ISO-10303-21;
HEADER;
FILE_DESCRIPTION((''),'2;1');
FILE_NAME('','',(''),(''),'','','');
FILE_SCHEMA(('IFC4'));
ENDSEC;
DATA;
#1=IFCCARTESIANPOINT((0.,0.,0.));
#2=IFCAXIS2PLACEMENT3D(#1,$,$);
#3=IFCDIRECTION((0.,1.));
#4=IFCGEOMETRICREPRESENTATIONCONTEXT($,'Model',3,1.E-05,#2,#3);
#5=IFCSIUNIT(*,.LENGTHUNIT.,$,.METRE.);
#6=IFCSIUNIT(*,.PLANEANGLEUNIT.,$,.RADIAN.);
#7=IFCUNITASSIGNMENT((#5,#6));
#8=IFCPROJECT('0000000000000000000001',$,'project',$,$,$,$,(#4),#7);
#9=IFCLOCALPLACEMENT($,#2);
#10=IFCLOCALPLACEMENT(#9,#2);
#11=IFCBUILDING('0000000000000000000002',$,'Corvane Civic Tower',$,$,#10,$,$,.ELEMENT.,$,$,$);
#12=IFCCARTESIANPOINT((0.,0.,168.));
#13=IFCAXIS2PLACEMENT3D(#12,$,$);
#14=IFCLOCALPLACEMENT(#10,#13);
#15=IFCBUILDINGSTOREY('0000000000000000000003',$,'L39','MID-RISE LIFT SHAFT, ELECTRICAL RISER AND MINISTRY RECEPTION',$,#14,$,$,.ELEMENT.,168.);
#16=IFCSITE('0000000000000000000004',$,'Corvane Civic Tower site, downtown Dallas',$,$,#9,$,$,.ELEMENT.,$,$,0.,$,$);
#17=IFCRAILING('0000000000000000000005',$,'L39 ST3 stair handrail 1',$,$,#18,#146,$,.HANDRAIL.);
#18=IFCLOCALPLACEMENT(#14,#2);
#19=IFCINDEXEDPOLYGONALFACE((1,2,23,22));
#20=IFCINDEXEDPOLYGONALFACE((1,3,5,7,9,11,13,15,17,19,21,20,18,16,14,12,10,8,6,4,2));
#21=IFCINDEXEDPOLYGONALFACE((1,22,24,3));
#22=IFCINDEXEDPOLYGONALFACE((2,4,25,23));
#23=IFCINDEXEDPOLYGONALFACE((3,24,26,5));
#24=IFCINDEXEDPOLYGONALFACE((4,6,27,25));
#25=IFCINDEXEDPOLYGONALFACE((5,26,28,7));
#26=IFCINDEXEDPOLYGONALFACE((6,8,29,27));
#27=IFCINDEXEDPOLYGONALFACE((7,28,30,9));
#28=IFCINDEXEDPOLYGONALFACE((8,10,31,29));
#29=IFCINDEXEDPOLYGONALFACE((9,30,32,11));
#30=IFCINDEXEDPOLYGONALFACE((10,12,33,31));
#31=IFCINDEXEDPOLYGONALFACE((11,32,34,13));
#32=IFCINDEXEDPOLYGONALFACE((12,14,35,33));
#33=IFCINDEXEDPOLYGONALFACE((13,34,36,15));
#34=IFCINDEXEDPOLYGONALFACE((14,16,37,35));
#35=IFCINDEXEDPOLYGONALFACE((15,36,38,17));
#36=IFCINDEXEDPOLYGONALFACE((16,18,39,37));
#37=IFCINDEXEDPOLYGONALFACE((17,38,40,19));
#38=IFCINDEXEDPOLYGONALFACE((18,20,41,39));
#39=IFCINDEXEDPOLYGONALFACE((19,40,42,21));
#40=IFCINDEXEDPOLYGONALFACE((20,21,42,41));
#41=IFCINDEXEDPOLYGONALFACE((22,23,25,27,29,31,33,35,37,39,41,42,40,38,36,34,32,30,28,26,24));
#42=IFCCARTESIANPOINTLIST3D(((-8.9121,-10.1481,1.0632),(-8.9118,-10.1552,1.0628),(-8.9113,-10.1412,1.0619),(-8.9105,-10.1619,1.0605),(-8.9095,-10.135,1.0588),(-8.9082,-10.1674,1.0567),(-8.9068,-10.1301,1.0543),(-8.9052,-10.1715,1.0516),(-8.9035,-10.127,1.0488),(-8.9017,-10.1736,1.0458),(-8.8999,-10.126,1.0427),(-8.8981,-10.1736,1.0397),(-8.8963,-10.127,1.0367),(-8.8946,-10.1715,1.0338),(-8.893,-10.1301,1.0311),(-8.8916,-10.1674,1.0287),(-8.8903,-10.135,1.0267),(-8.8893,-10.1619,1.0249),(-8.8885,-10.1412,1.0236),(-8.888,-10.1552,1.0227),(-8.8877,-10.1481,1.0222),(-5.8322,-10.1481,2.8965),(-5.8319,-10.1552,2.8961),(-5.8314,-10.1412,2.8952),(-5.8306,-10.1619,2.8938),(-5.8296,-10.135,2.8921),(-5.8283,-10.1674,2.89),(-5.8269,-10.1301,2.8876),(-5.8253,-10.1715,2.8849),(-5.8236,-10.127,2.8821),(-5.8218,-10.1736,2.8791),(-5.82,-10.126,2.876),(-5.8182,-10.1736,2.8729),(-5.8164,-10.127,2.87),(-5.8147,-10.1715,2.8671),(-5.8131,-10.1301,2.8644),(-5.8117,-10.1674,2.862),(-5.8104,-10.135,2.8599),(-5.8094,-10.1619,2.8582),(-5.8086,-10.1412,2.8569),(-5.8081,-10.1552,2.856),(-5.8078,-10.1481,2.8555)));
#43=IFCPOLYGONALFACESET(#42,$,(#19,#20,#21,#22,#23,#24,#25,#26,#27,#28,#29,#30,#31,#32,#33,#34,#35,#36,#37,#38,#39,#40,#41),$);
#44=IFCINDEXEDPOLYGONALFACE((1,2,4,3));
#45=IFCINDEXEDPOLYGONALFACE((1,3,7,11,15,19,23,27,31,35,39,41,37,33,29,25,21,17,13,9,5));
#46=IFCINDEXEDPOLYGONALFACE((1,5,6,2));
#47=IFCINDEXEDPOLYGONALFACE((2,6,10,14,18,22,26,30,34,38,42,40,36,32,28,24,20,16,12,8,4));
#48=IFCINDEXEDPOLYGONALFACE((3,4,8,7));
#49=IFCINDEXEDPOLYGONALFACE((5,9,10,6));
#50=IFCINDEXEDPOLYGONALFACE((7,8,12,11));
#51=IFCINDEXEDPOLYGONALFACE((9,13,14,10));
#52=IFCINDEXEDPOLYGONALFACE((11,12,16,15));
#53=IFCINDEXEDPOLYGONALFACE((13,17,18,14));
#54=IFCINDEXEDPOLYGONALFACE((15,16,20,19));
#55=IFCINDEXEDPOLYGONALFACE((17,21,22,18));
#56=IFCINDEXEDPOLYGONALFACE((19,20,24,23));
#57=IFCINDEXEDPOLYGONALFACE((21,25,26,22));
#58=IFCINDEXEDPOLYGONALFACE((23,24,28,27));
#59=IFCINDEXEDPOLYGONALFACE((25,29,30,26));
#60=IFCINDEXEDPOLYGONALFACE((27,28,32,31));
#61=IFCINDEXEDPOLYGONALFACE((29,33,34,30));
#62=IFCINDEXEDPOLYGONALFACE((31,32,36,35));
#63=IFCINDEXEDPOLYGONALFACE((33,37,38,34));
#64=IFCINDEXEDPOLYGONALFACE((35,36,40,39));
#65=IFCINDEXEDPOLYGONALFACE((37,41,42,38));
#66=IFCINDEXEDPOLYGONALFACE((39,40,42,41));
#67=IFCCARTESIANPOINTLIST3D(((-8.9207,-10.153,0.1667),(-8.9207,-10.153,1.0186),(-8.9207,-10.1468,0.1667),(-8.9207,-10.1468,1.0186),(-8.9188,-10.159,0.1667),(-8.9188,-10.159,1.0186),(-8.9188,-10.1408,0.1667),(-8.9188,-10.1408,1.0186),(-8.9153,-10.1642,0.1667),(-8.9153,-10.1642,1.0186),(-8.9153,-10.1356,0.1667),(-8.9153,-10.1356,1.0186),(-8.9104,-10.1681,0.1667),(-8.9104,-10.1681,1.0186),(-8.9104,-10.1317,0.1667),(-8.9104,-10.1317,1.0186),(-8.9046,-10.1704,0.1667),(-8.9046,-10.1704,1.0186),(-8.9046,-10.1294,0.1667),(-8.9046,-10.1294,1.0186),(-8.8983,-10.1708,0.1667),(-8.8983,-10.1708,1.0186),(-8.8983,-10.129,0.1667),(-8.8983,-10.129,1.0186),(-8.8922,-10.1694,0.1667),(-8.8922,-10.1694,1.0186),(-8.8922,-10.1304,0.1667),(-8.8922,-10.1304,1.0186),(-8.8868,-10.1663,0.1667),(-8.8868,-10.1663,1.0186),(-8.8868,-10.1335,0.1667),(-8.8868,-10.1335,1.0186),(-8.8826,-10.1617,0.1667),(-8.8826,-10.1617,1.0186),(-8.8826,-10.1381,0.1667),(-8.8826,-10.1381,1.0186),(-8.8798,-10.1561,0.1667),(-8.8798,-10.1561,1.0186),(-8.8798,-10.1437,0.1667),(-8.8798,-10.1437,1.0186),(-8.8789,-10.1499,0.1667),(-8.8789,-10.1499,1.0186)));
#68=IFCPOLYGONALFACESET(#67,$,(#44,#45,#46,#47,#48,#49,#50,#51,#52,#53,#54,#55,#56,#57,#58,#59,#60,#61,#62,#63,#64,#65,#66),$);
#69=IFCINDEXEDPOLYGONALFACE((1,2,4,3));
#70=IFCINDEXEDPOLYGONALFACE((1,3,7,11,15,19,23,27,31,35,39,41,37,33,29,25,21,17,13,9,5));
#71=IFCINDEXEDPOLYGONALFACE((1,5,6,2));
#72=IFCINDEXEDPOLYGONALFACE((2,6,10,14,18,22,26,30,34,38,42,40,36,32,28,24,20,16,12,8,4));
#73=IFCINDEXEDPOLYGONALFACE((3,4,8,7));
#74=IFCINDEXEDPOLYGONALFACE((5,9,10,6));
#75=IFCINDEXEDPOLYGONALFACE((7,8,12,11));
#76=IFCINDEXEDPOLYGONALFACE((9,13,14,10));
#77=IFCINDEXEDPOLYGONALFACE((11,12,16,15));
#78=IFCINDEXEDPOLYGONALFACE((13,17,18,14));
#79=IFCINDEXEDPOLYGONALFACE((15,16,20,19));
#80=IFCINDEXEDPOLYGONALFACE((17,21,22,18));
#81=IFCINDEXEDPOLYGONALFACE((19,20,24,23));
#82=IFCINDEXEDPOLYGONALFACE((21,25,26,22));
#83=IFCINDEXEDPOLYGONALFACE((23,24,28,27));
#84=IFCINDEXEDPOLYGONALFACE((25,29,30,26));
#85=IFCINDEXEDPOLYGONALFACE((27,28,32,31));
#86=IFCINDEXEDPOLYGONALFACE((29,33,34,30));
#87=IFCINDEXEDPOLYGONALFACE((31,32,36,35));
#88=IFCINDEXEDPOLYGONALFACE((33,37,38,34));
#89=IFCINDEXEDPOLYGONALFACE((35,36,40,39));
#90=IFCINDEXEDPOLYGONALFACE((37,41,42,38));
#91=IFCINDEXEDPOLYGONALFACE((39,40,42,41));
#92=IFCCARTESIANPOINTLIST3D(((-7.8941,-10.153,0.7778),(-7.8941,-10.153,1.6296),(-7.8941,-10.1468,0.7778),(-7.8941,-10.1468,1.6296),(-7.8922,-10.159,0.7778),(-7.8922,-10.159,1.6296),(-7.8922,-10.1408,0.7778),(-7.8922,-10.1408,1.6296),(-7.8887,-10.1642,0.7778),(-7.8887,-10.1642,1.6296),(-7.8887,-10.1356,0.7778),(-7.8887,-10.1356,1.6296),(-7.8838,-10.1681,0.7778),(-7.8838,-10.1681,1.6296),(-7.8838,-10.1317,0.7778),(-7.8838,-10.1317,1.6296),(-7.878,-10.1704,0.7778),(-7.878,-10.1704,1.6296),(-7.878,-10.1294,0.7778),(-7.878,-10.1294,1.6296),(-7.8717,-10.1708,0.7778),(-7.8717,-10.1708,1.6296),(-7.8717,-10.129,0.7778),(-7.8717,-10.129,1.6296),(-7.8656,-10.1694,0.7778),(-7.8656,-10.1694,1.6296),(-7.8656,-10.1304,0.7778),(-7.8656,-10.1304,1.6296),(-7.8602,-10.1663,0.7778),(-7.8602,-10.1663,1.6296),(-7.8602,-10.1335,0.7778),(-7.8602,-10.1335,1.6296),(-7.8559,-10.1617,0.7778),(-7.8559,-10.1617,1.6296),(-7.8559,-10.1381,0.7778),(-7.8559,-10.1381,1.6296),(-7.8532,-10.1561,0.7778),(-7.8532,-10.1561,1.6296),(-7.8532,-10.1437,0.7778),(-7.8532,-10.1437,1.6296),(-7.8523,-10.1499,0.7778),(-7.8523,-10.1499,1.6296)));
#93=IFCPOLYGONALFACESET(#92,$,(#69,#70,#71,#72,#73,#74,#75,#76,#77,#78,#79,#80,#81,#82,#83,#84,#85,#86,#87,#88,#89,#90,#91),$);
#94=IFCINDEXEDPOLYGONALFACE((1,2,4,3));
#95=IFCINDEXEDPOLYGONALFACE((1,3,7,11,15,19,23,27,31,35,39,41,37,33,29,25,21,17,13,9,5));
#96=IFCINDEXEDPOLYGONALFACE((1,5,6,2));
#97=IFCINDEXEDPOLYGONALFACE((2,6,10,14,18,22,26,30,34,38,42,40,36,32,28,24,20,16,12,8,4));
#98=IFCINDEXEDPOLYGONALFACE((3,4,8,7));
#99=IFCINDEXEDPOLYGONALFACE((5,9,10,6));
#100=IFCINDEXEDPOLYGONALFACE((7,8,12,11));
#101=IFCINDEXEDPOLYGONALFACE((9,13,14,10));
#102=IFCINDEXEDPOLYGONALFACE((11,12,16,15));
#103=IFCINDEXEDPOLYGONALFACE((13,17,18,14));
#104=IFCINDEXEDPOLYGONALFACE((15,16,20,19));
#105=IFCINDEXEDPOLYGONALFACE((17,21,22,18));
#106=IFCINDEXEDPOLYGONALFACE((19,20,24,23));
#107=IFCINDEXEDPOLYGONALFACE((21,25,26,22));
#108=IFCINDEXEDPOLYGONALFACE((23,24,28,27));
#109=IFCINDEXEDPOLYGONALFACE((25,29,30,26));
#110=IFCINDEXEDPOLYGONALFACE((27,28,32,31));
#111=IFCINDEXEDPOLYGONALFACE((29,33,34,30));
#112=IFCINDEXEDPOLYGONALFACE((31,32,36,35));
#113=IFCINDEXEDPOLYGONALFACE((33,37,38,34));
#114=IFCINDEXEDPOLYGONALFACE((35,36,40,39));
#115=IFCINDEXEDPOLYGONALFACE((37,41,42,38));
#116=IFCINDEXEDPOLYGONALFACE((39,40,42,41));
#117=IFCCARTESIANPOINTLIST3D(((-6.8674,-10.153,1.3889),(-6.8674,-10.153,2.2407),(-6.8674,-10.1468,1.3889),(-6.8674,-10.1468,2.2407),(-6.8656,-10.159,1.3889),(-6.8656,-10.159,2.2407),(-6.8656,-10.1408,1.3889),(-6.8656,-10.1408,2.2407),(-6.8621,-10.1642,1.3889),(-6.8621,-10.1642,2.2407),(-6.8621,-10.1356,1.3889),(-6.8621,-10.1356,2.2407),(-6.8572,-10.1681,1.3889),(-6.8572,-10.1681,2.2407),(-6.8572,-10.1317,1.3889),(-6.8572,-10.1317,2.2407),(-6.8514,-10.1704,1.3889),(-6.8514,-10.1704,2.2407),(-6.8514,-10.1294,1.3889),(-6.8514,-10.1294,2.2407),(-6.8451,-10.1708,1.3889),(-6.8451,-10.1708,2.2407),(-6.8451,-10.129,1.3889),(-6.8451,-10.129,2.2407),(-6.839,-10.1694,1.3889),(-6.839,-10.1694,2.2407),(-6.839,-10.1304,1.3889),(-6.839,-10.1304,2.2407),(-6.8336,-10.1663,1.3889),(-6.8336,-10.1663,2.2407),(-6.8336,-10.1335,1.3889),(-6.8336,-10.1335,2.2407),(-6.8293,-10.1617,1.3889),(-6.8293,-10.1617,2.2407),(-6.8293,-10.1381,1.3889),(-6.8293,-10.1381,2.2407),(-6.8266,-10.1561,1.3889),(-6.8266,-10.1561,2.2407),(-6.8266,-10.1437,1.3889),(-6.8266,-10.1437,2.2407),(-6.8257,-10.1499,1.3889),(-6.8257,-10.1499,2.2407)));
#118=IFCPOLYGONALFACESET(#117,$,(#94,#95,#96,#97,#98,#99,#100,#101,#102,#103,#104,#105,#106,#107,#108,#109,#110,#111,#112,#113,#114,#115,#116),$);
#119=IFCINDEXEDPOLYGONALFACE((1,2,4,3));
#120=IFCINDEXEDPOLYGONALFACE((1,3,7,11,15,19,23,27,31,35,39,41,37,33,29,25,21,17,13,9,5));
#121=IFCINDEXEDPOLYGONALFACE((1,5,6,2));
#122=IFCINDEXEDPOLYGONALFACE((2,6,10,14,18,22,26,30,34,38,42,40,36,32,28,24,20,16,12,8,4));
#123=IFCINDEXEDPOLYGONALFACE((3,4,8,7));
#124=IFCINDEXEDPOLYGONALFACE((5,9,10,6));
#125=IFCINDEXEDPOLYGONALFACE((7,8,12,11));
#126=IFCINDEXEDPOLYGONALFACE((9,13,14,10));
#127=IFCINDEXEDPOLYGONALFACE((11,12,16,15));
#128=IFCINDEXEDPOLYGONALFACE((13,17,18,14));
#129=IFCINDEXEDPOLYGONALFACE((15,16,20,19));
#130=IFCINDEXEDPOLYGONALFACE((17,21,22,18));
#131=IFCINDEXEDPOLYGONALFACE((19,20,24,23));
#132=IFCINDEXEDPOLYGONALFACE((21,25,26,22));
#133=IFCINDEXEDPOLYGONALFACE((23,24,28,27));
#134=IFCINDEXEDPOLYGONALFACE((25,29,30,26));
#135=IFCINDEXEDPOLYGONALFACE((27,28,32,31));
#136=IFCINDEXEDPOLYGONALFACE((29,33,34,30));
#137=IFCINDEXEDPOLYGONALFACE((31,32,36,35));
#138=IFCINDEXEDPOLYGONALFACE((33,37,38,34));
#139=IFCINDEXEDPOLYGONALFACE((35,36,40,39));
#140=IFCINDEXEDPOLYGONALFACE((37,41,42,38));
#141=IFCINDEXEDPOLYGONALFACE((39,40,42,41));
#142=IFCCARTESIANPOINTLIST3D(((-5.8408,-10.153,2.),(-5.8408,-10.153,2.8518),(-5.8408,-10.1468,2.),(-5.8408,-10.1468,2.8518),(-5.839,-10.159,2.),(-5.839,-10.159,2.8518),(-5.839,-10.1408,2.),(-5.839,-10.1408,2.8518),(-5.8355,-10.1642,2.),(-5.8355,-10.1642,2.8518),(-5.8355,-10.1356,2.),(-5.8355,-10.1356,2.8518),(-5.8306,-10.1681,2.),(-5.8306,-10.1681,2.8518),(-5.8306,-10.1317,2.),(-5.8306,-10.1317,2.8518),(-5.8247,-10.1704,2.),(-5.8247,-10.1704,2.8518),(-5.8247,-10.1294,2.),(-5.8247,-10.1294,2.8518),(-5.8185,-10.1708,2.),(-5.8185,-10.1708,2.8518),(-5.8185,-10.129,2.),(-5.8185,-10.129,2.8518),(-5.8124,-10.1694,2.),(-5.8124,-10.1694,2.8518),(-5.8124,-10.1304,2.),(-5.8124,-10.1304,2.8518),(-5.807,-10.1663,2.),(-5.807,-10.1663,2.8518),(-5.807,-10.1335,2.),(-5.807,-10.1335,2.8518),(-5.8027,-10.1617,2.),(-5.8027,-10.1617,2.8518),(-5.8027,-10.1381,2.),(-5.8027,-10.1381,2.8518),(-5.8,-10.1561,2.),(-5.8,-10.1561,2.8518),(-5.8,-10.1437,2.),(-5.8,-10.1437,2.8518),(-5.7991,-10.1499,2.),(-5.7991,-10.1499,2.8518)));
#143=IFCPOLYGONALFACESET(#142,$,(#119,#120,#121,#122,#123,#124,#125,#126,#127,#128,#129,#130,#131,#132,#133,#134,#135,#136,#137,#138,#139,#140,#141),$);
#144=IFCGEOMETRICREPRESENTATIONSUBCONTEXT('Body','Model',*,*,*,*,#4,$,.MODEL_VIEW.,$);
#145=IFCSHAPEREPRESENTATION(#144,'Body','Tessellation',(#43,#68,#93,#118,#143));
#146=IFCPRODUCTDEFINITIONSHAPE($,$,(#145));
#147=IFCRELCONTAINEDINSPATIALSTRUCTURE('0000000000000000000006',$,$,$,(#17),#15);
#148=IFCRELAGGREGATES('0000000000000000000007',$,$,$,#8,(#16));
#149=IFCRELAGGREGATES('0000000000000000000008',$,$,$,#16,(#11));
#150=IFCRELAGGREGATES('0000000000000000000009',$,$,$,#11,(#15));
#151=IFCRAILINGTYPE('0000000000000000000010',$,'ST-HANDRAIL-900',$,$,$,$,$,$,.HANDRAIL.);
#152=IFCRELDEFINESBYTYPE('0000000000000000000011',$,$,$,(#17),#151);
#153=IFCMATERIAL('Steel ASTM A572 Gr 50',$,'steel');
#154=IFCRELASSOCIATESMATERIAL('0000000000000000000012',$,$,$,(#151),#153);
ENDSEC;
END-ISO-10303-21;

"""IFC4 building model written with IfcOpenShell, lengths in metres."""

from ifc_helpers import new_model, si_unit, direction, frame, origin, origin_2d, place, context, subcontext, project, spatial, circle, extrude, material, type_object, element, save


model = new_model("IFC4")

# Units and contexts
model_context = context("Model", 3, precision=1e-05, world=origin(), true_north=direction((0.0, 1.0)))
body_context = subcontext(model_context, "Body", "Model", "MODEL_VIEW")
ifc_project = project(units=[si_unit("LENGTHUNIT", "METRE"), si_unit("PLANEANGLEUNIT", "RADIAN")], contexts=[model_context])

# Site, building, storey
site_placement = place(None, origin())
site = spatial("IfcSite", under=ifc_project, at=site_placement, Name="Corvane Civic Tower site, downtown Dallas", CompositionType="ELEMENT", RefElevation=0.0)
building_placement = place(site_placement, origin())
building = spatial("IfcBuilding", under=site, at=building_placement, Name="Corvane Civic Tower", CompositionType="ELEMENT")
storey_placement = place(building_placement, frame((0.0, 0.0, 168.0)))
storey = spatial("IfcBuildingStorey", under=building, at=storey_placement, Name="L39", Description="MID-RISE LIFT SHAFT, ELECTRICAL RISER AND MINISTRY RECEPTION", CompositionType="ELEMENT", Elevation=168.0)

# Railing
ifc_material_1 = material(Name="Steel ASTM A572 Gr 50", Category="steel")
railing_type_1 = type_object("IfcRailingType", Name="ST-HANDRAIL-900", PredefinedType="HANDRAIL", material=ifc_material_1)
railing_1_placement = place(storey_placement, frame((-8.8999, -10.1499, 0.1667)))
element("IfcRailing", 1, at=railing_1_placement, inside=storey, type_object=railing_type_1, Name="L39 ST3 stair handrail 1", PredefinedType="HANDRAIL", context=body_context, shape_type="SweptSolid", body=[
    extrude(circle(Radius=0.0239, at=origin_2d()), frame((0.0, 0.0, 0.876), z_axis=(0.859291, 0.0, 0.511487), x_axis=(0.0, 1.0, 0.0)), (0.0, 0.0, 1.0), 3.5842),
    extrude(circle(Radius=0.021, at=origin_2d()), origin(), (0.0, 0.0, 1.0), 0.8518),
    extrude(circle(Radius=0.021, at=origin_2d()), frame((1.0266, 0.0, 0.6111)), (0.0, 0.0, 1.0), 0.8518),
    extrude(circle(Radius=0.021, at=origin_2d()), frame((2.0532, 0.0, 1.2222)), (0.0, 0.0, 1.0), 0.8518),
    extrude(circle(Radius=0.021, at=origin_2d()), frame((3.0798, 0.0, 1.8333)), (0.0, 0.0, 1.0), 0.8518),
])

save(model, "model.ifc")
